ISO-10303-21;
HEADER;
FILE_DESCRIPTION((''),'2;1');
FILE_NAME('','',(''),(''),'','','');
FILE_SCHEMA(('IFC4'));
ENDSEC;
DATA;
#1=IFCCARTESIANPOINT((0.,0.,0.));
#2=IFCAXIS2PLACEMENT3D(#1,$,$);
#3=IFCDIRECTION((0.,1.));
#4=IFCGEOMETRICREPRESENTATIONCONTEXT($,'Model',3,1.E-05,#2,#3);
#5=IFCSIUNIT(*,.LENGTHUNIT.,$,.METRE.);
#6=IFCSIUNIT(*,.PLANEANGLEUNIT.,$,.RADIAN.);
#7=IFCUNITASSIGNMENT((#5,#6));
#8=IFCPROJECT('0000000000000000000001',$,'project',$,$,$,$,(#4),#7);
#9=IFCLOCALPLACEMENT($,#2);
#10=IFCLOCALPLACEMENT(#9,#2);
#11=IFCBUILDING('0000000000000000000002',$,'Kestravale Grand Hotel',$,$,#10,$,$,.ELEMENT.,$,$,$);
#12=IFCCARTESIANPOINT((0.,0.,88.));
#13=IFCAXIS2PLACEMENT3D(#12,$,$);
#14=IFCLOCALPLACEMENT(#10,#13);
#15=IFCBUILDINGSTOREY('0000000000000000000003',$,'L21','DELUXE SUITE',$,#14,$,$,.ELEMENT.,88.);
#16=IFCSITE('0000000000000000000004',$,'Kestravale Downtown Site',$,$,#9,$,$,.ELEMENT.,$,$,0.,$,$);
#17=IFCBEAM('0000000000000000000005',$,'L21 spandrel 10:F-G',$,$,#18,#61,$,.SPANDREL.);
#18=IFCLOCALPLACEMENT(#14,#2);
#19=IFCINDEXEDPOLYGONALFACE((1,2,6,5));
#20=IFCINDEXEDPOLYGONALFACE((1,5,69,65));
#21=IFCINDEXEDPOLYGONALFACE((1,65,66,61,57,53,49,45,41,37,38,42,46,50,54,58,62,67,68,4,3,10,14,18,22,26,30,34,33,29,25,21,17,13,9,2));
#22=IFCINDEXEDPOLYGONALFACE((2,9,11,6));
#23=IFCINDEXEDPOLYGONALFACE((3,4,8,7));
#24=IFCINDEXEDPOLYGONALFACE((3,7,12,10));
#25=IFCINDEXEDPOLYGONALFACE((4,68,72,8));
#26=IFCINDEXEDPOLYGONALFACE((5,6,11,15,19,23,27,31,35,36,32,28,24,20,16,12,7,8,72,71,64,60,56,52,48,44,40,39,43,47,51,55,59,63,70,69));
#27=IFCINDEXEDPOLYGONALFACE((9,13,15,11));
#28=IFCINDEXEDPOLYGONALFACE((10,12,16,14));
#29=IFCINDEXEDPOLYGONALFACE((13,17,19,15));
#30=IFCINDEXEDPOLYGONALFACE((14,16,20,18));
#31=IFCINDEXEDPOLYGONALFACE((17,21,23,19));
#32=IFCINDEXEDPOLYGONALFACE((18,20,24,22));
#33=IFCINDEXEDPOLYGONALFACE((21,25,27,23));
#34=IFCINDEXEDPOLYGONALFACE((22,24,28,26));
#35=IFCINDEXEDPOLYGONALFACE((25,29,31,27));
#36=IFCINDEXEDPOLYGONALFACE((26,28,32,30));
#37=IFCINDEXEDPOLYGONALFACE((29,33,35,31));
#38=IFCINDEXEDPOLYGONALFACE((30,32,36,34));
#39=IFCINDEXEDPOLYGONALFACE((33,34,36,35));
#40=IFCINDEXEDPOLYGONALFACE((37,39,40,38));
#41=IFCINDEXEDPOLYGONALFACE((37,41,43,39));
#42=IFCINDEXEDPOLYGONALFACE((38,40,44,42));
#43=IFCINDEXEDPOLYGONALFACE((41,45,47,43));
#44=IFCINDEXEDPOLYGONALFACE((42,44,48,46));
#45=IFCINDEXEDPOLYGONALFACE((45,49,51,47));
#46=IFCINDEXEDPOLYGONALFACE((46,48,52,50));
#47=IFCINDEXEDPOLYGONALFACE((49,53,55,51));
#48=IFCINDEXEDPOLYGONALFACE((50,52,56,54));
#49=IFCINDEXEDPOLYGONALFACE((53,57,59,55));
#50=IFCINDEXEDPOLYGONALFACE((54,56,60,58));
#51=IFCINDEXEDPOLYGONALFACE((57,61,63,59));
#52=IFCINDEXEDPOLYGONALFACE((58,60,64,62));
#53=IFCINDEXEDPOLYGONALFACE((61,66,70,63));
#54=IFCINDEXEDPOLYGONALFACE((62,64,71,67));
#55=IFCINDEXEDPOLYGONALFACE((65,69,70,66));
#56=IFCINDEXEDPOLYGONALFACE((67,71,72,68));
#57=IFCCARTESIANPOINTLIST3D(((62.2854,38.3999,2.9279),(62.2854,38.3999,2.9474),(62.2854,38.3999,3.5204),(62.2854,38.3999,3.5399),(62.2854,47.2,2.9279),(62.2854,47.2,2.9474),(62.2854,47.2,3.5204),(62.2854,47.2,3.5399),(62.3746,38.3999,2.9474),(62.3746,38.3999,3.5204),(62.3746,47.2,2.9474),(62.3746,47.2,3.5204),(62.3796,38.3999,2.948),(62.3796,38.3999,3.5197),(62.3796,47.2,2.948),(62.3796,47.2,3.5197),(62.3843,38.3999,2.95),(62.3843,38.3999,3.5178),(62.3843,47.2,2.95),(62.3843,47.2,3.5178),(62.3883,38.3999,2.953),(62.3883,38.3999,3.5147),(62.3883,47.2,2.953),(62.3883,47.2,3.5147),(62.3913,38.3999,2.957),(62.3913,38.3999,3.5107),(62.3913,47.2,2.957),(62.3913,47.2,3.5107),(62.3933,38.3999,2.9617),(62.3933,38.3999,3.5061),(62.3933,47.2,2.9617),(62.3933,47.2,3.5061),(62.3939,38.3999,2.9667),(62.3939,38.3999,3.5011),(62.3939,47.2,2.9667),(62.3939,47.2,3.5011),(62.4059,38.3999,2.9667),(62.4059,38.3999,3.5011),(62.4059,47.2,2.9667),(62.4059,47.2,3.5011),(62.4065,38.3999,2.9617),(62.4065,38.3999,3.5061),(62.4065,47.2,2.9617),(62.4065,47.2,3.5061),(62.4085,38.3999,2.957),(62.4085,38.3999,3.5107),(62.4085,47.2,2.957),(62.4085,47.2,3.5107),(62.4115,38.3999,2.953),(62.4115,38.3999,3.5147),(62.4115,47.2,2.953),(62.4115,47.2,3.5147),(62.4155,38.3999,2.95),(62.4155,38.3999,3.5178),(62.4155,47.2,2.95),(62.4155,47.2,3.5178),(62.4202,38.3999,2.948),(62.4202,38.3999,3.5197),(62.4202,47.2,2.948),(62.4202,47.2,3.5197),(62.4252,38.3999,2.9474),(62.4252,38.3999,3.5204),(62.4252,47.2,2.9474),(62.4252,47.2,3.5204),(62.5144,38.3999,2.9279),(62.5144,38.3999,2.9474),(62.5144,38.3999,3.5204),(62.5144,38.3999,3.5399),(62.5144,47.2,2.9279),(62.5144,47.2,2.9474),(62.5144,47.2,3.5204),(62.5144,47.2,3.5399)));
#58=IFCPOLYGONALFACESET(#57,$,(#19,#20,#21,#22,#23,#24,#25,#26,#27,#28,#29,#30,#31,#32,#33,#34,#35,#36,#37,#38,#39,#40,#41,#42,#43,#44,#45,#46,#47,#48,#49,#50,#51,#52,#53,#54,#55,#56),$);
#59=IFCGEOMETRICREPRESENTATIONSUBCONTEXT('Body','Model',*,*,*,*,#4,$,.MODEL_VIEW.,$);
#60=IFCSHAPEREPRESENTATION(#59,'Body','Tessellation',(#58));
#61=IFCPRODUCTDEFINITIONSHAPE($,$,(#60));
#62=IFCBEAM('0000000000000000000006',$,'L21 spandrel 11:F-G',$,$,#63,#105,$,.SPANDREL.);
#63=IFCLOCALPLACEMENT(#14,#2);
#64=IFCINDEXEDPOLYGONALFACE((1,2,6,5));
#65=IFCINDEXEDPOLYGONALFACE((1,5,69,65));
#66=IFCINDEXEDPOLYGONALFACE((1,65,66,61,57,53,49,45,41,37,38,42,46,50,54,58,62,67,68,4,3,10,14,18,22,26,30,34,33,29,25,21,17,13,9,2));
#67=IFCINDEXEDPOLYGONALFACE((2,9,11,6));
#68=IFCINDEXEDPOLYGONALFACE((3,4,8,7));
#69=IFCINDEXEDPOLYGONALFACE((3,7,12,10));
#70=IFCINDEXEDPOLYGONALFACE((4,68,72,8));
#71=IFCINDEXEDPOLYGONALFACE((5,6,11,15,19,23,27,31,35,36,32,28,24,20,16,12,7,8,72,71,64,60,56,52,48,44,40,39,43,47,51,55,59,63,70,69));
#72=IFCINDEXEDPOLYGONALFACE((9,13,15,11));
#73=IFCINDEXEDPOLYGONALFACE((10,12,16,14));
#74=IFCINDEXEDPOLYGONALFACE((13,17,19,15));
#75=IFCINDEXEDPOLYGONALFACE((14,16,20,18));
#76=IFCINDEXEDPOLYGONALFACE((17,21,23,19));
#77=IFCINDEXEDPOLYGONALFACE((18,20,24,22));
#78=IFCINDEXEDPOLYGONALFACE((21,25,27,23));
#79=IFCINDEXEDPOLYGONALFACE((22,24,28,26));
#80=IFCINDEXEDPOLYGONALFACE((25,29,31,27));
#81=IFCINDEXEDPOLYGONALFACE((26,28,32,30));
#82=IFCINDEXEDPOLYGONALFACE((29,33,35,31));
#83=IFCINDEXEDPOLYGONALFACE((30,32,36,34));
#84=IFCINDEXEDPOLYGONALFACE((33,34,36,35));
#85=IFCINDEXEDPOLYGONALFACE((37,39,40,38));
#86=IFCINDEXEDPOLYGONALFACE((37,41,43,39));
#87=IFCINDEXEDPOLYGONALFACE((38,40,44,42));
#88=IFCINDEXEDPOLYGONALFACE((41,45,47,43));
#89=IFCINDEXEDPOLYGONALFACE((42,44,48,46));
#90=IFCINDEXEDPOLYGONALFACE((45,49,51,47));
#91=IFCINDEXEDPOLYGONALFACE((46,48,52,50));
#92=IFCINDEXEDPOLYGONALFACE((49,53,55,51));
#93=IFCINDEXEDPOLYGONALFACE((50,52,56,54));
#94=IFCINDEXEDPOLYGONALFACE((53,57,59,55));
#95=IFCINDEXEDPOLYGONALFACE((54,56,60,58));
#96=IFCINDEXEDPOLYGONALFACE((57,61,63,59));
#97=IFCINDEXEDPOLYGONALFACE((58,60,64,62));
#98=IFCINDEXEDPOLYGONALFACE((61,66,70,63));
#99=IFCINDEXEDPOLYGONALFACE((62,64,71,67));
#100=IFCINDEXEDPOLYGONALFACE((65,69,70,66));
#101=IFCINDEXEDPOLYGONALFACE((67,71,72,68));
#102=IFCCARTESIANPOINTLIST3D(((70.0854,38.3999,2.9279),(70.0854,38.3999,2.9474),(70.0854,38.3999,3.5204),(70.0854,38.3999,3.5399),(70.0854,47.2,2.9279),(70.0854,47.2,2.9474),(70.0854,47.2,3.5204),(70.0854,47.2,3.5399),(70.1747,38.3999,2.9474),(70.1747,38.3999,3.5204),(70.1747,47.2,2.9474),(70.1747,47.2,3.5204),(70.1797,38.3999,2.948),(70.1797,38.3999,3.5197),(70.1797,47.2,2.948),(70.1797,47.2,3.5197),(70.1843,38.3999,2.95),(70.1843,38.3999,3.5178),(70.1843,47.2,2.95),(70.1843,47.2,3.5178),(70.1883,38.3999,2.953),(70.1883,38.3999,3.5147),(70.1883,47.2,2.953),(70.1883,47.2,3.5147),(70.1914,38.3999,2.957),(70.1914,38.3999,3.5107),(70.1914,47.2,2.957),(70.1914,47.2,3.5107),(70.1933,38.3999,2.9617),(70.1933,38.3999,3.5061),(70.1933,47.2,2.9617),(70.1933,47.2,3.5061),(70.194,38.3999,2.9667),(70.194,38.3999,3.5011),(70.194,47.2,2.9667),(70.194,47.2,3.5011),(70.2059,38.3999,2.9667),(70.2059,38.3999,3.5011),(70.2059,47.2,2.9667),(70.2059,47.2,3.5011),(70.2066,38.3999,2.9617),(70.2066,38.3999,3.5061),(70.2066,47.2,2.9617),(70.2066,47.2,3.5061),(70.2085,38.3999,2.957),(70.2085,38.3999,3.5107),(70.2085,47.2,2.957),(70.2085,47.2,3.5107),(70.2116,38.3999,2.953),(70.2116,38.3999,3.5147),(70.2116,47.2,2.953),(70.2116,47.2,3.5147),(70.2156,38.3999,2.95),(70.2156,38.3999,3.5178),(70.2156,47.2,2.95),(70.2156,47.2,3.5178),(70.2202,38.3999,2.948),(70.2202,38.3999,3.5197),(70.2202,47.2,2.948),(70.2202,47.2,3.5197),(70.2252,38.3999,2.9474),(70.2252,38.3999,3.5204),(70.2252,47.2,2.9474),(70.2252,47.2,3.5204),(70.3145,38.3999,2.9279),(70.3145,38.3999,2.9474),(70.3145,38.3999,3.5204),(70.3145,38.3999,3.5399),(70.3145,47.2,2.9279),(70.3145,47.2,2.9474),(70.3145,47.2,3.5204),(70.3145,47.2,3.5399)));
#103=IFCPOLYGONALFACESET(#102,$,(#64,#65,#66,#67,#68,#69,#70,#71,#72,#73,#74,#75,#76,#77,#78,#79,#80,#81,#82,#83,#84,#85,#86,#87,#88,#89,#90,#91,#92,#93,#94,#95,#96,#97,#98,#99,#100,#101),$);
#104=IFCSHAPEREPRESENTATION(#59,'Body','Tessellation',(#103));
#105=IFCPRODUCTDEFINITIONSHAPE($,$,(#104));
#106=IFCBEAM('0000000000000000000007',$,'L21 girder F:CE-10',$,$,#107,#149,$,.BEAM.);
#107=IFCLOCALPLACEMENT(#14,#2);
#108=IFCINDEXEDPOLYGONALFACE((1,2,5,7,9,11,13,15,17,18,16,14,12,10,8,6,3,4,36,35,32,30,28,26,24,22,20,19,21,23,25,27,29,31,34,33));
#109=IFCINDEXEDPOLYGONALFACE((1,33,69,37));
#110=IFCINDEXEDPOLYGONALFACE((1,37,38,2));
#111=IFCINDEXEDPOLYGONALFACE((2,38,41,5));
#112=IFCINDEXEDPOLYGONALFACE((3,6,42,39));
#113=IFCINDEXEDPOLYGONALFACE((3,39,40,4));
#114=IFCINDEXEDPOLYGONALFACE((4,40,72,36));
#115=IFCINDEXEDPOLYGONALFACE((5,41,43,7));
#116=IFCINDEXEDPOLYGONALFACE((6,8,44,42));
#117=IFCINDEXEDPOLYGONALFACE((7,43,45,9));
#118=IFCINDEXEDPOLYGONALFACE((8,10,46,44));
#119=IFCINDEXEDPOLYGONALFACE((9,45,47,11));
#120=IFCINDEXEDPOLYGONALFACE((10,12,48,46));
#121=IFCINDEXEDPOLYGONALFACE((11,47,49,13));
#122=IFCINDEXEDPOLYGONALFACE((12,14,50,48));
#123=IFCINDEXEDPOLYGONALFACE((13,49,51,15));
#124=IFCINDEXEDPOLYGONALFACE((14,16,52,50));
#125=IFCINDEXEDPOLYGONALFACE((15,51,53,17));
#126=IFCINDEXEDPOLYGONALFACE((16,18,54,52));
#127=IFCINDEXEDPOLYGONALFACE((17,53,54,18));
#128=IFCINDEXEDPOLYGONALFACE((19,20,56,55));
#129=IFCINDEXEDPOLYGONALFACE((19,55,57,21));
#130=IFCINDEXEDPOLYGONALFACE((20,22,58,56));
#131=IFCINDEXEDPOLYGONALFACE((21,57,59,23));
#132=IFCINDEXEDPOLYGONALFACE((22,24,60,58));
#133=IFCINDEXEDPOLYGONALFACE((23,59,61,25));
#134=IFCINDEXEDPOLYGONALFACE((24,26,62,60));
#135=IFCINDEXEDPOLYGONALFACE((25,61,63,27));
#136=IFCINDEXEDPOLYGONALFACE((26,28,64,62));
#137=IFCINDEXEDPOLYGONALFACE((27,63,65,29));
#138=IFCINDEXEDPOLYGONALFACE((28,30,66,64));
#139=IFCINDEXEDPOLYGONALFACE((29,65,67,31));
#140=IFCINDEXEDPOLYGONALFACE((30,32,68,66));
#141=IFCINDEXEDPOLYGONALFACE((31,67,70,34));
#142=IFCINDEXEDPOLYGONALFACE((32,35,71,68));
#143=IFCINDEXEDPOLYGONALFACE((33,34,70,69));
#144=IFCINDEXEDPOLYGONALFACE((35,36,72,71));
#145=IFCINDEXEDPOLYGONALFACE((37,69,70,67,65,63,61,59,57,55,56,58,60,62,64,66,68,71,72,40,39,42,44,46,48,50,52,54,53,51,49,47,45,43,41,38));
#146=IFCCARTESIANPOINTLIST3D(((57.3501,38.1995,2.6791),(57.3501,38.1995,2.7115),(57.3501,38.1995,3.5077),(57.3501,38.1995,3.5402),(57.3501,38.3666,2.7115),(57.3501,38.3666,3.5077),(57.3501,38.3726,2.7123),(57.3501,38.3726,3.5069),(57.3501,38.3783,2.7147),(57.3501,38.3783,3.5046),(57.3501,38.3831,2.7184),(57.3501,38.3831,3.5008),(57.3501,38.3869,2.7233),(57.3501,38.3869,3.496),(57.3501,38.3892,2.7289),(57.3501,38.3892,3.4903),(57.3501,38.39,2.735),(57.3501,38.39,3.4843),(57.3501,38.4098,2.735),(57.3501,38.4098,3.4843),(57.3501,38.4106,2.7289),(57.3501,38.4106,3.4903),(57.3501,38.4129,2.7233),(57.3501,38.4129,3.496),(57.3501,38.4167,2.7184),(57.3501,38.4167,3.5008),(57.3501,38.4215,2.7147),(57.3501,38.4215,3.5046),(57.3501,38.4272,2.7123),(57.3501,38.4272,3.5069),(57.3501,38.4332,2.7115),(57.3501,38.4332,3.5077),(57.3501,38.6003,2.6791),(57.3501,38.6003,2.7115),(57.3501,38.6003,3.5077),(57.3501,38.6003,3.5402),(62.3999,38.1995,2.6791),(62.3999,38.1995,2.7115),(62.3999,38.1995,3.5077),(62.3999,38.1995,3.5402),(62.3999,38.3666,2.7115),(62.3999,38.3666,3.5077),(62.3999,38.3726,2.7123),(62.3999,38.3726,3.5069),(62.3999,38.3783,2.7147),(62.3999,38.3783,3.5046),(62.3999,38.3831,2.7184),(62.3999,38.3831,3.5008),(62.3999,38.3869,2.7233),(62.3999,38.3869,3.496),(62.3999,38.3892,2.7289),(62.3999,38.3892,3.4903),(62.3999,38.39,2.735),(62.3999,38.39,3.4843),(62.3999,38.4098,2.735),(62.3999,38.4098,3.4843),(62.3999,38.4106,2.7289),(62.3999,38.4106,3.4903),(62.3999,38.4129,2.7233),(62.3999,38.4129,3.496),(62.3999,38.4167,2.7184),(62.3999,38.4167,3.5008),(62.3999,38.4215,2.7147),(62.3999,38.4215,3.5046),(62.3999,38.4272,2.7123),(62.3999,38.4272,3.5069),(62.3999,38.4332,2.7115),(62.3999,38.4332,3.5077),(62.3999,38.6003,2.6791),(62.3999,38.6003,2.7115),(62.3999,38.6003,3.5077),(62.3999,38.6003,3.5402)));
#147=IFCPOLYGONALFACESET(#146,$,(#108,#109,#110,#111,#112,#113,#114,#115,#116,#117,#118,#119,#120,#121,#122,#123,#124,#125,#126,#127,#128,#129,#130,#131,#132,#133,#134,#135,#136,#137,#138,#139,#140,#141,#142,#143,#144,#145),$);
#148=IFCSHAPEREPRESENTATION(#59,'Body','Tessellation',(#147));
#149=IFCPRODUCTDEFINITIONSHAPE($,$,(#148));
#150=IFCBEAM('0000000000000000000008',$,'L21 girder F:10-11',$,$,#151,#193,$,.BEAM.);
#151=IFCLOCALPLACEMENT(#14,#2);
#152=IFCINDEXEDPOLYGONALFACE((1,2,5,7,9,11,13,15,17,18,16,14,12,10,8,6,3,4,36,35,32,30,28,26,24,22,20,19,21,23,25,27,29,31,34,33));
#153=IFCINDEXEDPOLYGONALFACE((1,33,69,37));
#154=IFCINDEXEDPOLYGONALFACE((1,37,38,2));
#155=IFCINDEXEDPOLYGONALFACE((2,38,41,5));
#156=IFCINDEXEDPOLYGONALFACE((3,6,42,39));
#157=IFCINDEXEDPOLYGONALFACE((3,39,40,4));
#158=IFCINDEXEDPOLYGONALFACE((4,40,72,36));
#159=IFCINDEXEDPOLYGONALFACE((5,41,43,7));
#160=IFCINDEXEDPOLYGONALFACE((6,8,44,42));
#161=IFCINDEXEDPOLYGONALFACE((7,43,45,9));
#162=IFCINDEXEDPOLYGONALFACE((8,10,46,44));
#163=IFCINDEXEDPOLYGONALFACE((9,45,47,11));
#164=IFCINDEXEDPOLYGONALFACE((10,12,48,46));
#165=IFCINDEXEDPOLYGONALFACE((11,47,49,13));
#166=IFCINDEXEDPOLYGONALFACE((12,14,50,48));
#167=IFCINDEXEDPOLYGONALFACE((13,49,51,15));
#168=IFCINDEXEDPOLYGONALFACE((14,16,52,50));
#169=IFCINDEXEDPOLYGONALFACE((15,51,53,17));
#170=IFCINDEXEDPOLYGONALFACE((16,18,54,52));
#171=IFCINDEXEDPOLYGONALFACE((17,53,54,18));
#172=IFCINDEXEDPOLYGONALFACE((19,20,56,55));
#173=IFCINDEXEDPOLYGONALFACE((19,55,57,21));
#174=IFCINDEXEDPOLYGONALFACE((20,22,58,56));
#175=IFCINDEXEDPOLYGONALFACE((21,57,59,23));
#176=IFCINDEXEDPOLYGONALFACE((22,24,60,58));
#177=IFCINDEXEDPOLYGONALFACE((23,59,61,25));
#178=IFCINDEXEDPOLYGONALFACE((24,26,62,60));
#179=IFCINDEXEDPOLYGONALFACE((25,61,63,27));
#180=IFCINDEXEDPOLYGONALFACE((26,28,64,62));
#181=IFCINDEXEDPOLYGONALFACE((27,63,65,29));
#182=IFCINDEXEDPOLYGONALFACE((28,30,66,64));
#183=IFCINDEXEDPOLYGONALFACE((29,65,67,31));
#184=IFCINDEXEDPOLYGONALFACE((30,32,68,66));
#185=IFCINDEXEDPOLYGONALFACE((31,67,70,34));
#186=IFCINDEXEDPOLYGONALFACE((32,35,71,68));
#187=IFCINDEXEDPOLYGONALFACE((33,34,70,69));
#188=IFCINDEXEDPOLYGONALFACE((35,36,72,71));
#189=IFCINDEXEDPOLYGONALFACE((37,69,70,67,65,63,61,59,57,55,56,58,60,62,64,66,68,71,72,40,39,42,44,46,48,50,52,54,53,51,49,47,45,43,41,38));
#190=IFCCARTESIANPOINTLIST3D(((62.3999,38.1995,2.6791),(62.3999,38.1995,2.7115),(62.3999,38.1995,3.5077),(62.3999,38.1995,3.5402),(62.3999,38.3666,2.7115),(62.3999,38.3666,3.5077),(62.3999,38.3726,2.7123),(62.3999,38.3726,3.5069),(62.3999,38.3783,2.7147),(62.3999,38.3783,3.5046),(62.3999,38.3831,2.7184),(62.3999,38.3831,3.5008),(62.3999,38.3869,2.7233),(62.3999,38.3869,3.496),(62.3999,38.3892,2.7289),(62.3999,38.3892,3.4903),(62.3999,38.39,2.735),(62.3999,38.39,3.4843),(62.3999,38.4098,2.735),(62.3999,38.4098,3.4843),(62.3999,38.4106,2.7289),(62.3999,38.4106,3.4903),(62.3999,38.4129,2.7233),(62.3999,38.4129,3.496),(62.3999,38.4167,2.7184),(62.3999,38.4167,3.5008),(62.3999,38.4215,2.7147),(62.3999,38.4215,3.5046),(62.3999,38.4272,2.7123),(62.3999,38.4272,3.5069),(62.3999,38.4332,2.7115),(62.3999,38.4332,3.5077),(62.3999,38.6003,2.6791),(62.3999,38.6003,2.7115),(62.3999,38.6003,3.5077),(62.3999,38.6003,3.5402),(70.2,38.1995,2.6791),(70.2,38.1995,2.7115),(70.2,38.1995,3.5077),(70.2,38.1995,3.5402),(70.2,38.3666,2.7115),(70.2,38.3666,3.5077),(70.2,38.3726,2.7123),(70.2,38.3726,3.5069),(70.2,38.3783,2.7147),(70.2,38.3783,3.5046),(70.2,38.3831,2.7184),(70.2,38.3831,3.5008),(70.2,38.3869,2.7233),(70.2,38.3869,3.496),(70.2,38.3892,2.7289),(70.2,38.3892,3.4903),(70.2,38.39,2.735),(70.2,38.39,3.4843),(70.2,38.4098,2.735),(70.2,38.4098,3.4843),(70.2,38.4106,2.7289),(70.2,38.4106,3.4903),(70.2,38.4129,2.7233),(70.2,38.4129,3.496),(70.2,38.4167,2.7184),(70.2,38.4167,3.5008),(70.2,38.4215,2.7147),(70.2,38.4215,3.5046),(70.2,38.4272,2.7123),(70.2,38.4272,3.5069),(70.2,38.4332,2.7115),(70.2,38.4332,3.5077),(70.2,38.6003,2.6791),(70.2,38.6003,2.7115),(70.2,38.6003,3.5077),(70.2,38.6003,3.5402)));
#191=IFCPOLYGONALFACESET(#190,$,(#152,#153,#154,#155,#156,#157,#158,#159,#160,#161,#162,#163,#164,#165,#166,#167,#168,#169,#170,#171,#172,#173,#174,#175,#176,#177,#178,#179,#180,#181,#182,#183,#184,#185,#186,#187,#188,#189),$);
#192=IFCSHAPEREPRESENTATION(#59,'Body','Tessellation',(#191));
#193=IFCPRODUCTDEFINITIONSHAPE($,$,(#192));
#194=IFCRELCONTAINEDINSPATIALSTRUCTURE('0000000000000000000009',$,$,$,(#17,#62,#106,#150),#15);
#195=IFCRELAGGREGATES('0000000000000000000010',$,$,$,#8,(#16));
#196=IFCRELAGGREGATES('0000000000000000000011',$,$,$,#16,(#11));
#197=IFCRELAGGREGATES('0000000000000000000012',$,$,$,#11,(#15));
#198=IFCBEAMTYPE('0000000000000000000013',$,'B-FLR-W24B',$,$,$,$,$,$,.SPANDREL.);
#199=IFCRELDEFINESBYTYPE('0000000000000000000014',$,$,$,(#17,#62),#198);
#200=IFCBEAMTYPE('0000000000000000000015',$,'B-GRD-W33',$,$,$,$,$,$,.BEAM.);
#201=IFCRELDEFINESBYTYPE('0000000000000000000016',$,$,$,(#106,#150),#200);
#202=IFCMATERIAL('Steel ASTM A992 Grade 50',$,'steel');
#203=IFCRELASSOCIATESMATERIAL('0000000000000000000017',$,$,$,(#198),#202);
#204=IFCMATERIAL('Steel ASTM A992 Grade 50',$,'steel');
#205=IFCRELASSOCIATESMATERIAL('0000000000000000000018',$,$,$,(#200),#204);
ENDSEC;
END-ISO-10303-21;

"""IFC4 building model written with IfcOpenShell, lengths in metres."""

from ifc_helpers import new_model, si_unit, direction, frame, origin, origin_2d, place, context, subcontext, project, spatial, i_section, extrude, material, material_profile, profile_set, type_object, element, save


model = new_model("IFC4")

# Units and contexts
model_context = context("Model", 3, precision=1e-05, world=origin(), true_north=direction((0.0, 1.0)))
body_context = subcontext(model_context, "Body", "Model", "MODEL_VIEW")
ifc_project = project(units=[si_unit("LENGTHUNIT", "METRE"), si_unit("PLANEANGLEUNIT", "RADIAN")], contexts=[model_context])

# Site, building, storey
site_placement = place(None, origin())
site = spatial("IfcSite", under=ifc_project, at=site_placement, Name="Kestravale Downtown Site", CompositionType="ELEMENT", RefElevation=0.0)
building_placement = place(site_placement, origin())
building = spatial("IfcBuilding", under=site, at=building_placement, Name="Kestravale Grand Hotel", CompositionType="ELEMENT")
storey_placement = place(building_placement, frame((0.0, 0.0, 88.0)))
storey = spatial("IfcBuildingStorey", under=building, at=storey_placement, Name="L21", Description="DELUXE SUITE", CompositionType="ELEMENT", Elevation=88.0)

# Beams
ifc_material_1 = material(Name="Steel ASTM A992 Grade 50", Category="steel")
ifc_material_profile_1 = material_profile(ifc_material_1, i_section(OverallWidth=0.229, OverallDepth=0.6121, WebThickness=0.012, FlangeThickness=0.0195, FilletRadius=0.0193, at=origin_2d()))
ifc_profile_set_1 = profile_set([ifc_material_profile_1], Name="Steel ASTM A992 Grade 50")
beam_type_1 = type_object("IfcBeamType", Name="B-FLR-W24B", PredefinedType="SPANDREL", material=ifc_profile_set_1)
for number, where, z_axis, x_axis, name in (
    (1, (62.3999, 38.3999, 3.2339), (0.0, 1.0, 0.0), (-1.0, 0.0, 0.0), "L21 spandrel 10:F-G"),
    (2, (70.2, 38.3999, 3.2339), (0.0, 1.0, 0.0), (-1.0, 0.0, 0.0), "L21 spandrel 11:F-G"),
):
    element("IfcBeam", number, at=place(storey_placement, frame(where, z_axis=z_axis, x_axis=x_axis)), inside=storey, type_object=beam_type_1, Name=name, PredefinedType="SPANDREL", context=body_context, shape_type="SweptSolid", body=[
        extrude(i_section(OverallWidth=0.229, OverallDepth=0.6121, WebThickness=0.012, FlangeThickness=0.0195, FilletRadius=0.0193, at=origin_2d()), origin(), (0.0, 0.0, 1.0), 8.8),
    ])
ifc_material_2 = material(Name="Steel ASTM A992 Grade 50", Category="steel")
ifc_material_profile_2 = material_profile(ifc_material_2, i_section(OverallWidth=0.4009, OverallDepth=0.8611, WebThickness=0.0198, FlangeThickness=0.0325, FilletRadius=0.0234, at=origin_2d()))
ifc_profile_set_2 = profile_set([ifc_material_profile_2], Name="Steel ASTM A992 Grade 50")
beam_type_2 = type_object("IfcBeamType", Name="B-GRD-W33", PredefinedType="BEAM", material=ifc_profile_set_2)
beam_1_placement = place(storey_placement, frame((57.3501, 38.3999, 3.1096), z_axis=(1.0, 0.0, 0.0), x_axis=(0.0, 1.0, 0.0)))
element("IfcBeam", 3, at=beam_1_placement, inside=storey, type_object=beam_type_2, Name="L21 girder F:CE-10", PredefinedType="BEAM", context=body_context, shape_type="SweptSolid", body=[
    extrude(i_section(OverallWidth=0.4009, OverallDepth=0.8611, WebThickness=0.0198, FlangeThickness=0.0325, FilletRadius=0.0234, at=origin_2d()), origin(), (0.0, 0.0, 1.0), 5.0498),
])
beam_2_placement = place(storey_placement, frame((62.3999, 38.3999, 3.1096), z_axis=(1.0, 0.0, 0.0), x_axis=(0.0, 1.0, 0.0)))
element("IfcBeam", 4, at=beam_2_placement, inside=storey, type_object=beam_type_2, Name="L21 girder F:10-11", PredefinedType="BEAM", context=body_context, shape_type="SweptSolid", body=[
    extrude(i_section(OverallWidth=0.4009, OverallDepth=0.8611, WebThickness=0.0198, FlangeThickness=0.0325, FilletRadius=0.0234, at=origin_2d()), origin(), (0.0, 0.0, 1.0), 7.8),
])

save(model, "model.ifc")
